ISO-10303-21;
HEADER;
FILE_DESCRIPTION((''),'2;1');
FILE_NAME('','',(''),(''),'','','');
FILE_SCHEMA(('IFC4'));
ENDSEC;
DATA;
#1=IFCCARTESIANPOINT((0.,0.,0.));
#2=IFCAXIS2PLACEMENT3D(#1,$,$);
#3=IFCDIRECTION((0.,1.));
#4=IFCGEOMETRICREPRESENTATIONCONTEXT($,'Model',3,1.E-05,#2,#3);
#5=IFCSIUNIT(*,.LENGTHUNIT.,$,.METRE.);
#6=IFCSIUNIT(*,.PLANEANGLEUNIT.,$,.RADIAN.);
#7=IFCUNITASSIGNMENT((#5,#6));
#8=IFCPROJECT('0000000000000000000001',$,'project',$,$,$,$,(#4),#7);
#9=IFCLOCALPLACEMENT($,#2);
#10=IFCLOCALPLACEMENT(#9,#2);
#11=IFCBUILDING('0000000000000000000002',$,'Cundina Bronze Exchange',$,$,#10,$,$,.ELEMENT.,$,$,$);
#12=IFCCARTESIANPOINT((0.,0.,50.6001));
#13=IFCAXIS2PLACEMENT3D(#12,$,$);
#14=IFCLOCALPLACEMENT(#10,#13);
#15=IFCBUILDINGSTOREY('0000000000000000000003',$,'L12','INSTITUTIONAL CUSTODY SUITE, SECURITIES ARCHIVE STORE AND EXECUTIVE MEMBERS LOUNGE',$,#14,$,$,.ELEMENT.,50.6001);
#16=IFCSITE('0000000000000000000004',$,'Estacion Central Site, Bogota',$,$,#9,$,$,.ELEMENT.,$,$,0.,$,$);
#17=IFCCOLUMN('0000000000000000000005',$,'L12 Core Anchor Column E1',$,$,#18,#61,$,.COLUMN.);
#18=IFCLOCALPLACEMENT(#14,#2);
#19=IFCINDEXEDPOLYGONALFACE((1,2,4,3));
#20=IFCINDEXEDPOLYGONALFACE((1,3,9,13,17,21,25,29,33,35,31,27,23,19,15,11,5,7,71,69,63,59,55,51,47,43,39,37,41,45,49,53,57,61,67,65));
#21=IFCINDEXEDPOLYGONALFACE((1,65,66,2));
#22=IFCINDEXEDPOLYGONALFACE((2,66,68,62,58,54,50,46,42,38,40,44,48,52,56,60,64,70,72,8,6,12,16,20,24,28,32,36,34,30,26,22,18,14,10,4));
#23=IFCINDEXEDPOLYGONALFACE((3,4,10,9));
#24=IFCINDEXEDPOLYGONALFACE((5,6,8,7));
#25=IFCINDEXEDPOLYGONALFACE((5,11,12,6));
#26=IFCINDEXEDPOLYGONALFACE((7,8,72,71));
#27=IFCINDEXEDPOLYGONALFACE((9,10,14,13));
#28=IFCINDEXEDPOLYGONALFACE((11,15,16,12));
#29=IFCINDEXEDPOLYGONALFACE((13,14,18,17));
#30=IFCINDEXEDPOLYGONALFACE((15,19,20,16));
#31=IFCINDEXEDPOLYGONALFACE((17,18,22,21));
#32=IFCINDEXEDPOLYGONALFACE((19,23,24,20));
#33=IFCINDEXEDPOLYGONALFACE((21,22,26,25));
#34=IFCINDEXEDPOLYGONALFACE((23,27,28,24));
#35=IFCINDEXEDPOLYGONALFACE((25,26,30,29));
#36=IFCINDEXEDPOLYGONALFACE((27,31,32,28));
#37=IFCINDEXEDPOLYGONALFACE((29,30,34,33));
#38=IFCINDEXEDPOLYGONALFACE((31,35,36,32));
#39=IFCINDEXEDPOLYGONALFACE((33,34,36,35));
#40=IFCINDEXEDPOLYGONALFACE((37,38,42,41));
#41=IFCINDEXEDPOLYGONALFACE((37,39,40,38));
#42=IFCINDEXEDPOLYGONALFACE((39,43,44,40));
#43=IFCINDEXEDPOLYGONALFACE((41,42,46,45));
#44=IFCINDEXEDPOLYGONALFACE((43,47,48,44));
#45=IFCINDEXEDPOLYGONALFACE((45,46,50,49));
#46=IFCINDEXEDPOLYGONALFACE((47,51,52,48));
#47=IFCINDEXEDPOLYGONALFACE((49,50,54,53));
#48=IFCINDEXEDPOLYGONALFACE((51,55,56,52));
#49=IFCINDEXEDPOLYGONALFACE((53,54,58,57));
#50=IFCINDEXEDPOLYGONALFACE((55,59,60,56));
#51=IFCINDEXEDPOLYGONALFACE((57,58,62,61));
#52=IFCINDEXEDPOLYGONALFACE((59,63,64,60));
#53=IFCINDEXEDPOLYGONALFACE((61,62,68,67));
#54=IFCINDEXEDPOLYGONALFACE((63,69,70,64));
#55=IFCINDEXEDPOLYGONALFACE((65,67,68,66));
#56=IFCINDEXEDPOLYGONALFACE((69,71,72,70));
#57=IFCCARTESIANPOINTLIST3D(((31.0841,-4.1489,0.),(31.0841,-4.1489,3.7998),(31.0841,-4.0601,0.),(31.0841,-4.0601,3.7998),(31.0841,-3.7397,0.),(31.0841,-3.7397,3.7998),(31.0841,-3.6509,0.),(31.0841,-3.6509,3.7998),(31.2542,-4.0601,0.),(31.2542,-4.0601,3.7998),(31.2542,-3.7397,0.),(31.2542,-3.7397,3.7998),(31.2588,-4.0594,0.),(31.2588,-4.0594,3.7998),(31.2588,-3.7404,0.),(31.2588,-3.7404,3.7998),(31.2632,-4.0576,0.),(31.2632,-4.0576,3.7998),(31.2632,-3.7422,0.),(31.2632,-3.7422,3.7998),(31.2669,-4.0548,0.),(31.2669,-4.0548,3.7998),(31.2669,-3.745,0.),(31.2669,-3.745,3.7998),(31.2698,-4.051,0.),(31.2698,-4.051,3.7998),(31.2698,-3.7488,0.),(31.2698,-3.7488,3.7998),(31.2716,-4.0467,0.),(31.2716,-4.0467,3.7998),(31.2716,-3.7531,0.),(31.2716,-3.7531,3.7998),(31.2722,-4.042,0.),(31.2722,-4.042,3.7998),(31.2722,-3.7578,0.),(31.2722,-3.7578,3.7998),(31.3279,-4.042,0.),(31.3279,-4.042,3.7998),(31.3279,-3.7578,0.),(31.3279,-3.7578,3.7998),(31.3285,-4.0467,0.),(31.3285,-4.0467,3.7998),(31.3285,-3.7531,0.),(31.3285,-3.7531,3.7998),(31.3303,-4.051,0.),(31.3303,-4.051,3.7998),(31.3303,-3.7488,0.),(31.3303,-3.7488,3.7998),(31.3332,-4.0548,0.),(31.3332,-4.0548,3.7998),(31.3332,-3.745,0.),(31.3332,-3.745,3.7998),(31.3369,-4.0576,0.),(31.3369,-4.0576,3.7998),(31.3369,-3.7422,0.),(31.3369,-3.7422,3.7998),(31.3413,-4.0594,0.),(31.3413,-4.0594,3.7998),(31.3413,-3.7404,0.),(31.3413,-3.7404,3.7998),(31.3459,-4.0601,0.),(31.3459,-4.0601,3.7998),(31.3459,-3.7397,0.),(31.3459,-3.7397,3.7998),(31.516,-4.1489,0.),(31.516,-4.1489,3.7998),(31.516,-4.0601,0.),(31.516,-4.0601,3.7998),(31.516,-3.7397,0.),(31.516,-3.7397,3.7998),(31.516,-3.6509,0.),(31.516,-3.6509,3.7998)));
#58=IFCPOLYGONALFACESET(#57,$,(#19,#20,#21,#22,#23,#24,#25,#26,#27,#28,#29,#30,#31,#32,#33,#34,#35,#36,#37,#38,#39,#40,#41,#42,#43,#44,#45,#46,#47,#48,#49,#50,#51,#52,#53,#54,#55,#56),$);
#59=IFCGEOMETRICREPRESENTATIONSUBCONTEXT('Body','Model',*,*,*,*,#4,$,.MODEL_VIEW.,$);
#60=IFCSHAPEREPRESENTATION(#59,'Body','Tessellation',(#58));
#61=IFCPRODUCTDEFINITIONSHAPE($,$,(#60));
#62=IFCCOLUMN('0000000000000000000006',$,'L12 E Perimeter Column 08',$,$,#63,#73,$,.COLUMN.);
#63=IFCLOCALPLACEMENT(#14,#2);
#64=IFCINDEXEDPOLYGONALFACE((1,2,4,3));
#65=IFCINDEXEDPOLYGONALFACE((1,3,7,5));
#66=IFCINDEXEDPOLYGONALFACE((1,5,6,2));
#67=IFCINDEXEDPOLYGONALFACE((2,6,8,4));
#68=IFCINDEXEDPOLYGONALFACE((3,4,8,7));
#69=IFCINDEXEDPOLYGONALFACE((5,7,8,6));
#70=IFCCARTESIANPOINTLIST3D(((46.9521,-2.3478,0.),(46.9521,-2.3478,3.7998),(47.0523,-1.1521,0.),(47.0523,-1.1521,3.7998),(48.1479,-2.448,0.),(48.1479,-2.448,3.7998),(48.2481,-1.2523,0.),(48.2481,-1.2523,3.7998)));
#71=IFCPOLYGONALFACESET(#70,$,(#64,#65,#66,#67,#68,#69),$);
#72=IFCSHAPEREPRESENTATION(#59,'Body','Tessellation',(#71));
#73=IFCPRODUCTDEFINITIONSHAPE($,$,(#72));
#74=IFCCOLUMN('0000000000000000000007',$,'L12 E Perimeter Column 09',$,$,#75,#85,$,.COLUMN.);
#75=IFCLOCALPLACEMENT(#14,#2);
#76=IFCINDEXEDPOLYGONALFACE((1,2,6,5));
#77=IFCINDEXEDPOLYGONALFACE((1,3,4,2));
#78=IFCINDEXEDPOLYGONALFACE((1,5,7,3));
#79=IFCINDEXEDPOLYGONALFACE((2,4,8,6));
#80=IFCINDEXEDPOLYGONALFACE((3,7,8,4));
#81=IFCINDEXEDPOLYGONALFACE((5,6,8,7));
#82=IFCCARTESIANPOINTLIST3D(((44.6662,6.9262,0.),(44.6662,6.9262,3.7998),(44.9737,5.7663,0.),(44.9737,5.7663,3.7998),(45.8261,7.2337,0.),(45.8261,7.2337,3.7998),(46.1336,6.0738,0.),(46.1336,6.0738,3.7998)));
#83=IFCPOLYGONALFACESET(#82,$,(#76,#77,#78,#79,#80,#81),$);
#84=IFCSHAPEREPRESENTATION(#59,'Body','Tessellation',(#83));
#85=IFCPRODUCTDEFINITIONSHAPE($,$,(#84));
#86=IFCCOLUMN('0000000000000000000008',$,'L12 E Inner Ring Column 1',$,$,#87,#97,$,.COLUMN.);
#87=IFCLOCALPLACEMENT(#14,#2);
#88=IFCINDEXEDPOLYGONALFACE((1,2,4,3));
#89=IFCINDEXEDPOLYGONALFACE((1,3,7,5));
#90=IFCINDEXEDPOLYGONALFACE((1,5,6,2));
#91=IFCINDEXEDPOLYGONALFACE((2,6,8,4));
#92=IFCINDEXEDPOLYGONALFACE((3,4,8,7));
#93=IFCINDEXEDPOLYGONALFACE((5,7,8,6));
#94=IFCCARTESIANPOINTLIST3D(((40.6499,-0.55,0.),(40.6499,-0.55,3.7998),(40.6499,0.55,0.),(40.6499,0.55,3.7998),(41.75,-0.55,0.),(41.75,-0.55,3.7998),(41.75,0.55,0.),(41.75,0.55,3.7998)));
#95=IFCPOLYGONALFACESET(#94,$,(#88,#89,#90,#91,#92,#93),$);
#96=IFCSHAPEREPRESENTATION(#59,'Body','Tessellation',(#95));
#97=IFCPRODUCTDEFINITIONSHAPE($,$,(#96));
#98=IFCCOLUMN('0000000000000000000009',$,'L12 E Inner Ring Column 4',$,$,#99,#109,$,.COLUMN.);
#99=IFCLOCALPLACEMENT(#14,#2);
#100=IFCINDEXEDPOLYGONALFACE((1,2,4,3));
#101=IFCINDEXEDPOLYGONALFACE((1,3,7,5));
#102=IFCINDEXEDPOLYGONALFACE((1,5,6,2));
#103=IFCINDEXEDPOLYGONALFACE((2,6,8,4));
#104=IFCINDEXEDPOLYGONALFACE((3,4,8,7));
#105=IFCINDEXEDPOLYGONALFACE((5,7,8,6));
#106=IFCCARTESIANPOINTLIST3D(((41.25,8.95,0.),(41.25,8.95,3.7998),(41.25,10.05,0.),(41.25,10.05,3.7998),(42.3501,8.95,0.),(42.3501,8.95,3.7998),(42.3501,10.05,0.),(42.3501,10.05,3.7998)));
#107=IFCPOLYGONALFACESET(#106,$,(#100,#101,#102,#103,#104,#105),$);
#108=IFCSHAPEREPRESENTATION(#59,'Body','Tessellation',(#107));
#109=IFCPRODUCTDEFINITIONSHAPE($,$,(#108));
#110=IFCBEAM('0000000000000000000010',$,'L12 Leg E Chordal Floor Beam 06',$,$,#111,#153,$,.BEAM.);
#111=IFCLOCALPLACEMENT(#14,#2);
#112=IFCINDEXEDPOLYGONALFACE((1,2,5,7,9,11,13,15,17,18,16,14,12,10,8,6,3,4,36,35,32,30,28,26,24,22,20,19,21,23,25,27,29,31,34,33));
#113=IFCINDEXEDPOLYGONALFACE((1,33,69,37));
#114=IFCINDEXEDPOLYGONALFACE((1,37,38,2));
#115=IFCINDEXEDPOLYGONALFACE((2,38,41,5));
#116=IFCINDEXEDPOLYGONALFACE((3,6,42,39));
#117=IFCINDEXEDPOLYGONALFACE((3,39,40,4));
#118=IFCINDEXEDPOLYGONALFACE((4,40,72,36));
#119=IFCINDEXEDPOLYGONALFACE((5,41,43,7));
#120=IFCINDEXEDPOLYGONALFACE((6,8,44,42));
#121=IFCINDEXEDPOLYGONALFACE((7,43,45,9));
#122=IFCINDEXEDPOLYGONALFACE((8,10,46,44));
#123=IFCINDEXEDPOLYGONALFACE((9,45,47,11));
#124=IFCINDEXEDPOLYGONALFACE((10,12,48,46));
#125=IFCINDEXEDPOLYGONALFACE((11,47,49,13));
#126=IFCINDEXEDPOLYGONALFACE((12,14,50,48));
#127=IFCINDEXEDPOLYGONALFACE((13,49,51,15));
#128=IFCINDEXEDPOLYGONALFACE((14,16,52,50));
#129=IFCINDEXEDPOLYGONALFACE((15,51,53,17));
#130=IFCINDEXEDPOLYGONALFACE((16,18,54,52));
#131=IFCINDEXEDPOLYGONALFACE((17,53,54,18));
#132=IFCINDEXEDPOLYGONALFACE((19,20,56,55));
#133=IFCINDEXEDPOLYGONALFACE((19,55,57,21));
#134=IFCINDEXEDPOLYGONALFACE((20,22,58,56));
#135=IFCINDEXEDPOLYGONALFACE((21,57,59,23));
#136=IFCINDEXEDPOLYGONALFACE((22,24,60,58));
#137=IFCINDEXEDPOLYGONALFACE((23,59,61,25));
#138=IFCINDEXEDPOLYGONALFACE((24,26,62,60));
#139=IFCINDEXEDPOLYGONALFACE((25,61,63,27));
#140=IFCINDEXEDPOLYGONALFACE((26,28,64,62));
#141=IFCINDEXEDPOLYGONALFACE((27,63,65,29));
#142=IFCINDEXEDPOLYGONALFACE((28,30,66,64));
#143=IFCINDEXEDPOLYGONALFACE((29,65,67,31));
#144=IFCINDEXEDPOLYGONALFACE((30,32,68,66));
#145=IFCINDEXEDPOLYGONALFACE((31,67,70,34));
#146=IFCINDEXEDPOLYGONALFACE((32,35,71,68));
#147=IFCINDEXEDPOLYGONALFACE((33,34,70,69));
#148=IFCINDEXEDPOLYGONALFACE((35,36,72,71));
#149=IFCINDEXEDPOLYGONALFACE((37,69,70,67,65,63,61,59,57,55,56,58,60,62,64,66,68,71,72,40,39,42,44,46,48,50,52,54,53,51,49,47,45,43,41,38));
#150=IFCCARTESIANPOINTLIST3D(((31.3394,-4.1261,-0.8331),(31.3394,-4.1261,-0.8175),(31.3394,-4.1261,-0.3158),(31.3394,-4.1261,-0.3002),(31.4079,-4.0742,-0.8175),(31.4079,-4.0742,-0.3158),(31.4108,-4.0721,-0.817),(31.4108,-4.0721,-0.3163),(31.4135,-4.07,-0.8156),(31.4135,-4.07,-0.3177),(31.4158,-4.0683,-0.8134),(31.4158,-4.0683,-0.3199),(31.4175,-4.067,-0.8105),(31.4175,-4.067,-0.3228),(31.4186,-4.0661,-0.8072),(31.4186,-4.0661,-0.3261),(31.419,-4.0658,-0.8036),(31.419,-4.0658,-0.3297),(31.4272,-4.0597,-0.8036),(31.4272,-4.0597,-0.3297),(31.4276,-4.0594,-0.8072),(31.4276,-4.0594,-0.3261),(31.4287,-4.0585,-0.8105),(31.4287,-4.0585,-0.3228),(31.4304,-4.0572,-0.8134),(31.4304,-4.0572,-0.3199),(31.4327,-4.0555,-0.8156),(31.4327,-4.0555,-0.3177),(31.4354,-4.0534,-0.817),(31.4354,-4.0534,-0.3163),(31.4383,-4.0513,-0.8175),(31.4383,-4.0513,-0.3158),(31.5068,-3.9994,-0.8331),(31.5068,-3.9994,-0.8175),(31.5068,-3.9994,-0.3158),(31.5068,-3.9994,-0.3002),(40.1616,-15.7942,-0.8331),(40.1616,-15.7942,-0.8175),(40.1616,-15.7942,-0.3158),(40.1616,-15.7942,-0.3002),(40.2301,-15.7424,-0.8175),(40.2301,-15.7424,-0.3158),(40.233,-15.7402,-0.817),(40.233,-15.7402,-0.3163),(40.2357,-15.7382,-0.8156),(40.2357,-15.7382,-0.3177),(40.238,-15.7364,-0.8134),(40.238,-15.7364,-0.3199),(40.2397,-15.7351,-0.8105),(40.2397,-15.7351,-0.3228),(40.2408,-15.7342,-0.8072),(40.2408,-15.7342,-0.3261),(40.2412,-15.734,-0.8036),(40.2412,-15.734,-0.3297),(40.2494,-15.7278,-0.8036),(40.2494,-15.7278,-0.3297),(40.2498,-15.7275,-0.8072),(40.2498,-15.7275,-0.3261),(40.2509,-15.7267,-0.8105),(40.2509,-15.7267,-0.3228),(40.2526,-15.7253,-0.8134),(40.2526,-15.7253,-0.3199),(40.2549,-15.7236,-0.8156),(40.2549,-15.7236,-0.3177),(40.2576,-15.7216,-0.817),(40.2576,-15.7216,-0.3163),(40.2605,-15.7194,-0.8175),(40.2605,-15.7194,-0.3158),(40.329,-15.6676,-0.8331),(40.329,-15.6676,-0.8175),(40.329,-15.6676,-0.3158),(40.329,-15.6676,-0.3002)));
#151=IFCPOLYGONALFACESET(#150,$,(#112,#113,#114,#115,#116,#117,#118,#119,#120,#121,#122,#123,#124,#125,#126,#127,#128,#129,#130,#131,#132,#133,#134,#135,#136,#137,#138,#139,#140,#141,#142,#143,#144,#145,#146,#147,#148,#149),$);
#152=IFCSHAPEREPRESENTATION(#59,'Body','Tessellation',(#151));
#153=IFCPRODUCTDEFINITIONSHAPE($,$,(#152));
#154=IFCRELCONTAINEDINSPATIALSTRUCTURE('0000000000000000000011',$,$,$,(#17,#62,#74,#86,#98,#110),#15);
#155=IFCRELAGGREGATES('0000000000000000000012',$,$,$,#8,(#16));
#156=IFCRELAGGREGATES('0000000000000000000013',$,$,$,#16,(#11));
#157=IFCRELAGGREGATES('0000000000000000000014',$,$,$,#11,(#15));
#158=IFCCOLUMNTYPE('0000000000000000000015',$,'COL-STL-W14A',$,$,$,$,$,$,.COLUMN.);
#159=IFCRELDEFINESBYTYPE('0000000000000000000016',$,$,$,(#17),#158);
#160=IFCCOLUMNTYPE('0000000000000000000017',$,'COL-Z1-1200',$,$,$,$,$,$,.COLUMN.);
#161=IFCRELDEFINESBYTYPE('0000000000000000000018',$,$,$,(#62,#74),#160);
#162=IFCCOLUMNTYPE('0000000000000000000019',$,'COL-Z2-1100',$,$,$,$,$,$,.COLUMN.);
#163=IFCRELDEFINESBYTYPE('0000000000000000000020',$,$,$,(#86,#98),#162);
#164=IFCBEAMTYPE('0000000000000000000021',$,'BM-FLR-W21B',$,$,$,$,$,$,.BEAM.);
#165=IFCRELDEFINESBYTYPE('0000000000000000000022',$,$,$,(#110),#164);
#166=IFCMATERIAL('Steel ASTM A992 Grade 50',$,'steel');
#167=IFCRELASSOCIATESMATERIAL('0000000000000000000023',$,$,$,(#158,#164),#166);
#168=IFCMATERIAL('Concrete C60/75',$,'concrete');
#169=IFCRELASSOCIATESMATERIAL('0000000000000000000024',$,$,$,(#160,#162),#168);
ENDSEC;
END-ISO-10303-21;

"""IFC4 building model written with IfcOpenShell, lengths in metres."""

from ifc_helpers import new_model, si_unit, direction, frame, origin, origin_2d, place, context, subcontext, project, spatial, rectangle, i_section, extrude, material, material_profile, profile_set, type_object, element, save


model = new_model("IFC4")

# Units and contexts
model_context = context("Model", 3, precision=1e-05, world=origin(), true_north=direction((0.0, 1.0)))
body_context = subcontext(model_context, "Body", "Model", "MODEL_VIEW")
ifc_project = project(units=[si_unit("LENGTHUNIT", "METRE"), si_unit("PLANEANGLEUNIT", "RADIAN")], contexts=[model_context])

# Site, building, storey
site_placement = place(None, origin())
site = spatial("IfcSite", under=ifc_project, at=site_placement, Name="Estacion Central Site, Bogota", CompositionType="ELEMENT", RefElevation=0.0)
building_placement = place(site_placement, origin())
building = spatial("IfcBuilding", under=site, at=building_placement, Name="Cundina Bronze Exchange", CompositionType="ELEMENT")
storey_placement = place(building_placement, frame((0.0, 0.0, 50.6001)))
storey = spatial("IfcBuildingStorey", under=building, at=storey_placement, Name="L12", Description="INSTITUTIONAL CUSTODY SUITE, SECURITIES ARCHIVE STORE AND EXECUTIVE MEMBERS LOUNGE", CompositionType="ELEMENT", Elevation=50.6001)

# Columns
ifc_material_1 = material(Name="Steel ASTM A992 Grade 50", Category="steel")
ifc_material_profile_1 = material_profile(ifc_material_1, i_section(OverallWidth=0.4319, OverallDepth=0.498, WebThickness=0.0557, FlangeThickness=0.0889, FilletRadius=0.0181, at=origin_2d()), Name="W14X500", Category="steel")
ifc_profile_set_1 = profile_set([ifc_material_profile_1], Name="Steel ASTM A992 Grade 50")
column_type_1 = type_object("IfcColumnType", Name="COL-STL-W14A", PredefinedType="COLUMN", material=ifc_profile_set_1)
column_placement = place(storey_placement, frame((31.3, -3.8999, 0.0), z_axis=(0.0, 0.0, 1.0), x_axis=(1.0, 0.0, 0.0)))
element("IfcColumn", 1, at=column_placement, inside=storey, type_object=column_type_1, Name="L12 Core Anchor Column E1", PredefinedType="COLUMN", context=body_context, shape_type="SweptSolid", body=[
    extrude(i_section(OverallWidth=0.4319, OverallDepth=0.498, WebThickness=0.0557, FlangeThickness=0.0889, FilletRadius=0.0181, at=origin_2d()), origin(), (0.0, 0.0, 1.0), 3.7998),
])
ifc_material_2 = material(Name="Concrete C60/75", Category="concrete")
ifc_material_profile_2 = material_profile(ifc_material_2, rectangle(XDim=1.2, YDim=1.2, at=origin_2d()), Name="RC1200X1200", Category="concrete")
ifc_profile_set_2 = profile_set([ifc_material_profile_2], Name="Concrete C60/75")
column_type_2 = type_object("IfcColumnType", Name="COL-Z1-1200", PredefinedType="COLUMN", material=ifc_profile_set_2)
for number, where, z_axis, x_axis, name in (
    (2, (47.6001, -1.8, 0.0), (0.0, 0.0, 1.0), (0.083504, 0.996507, 0.0), "L12 E Perimeter Column 08"),
    (3, (45.3999, 6.5, 0.0), (0.0, 0.0, 1.0), (-0.256289, 0.9666, 0.0), "L12 E Perimeter Column 09"),
):
    element("IfcColumn", number, at=place(storey_placement, frame(where, z_axis=z_axis, x_axis=x_axis)), inside=storey, type_object=column_type_2, Name=name, PredefinedType="COLUMN", context=body_context, shape_type="SweptSolid", body=[
        extrude(rectangle(XDim=1.2, YDim=1.2, at=origin_2d()), origin(), (0.0, 0.0, 1.0), 3.7998),
    ])
ifc_material_profile_3 = material_profile(ifc_material_2, rectangle(XDim=1.1001, YDim=1.1001, at=origin_2d()), Name="RC1100X1100", Category="concrete")
ifc_profile_set_3 = profile_set([ifc_material_profile_3], Name="Concrete C60/75")
column_type_3 = type_object("IfcColumnType", Name="COL-Z2-1100", PredefinedType="COLUMN", material=ifc_profile_set_3)
for number, where, z_axis, x_axis, name in (
    (4, (41.2, 0.0, 0.0), (0.0, 0.0, 1.0), (1.0, 0.0, 0.0), "L12 E Inner Ring Column 1"),
    (5, (41.8, 9.5, 0.0), (0.0, 0.0, 1.0), (1.0, 0.0, 0.0), "L12 E Inner Ring Column 4"),
):
    element("IfcColumn", number, at=place(storey_placement, frame(where, z_axis=z_axis, x_axis=x_axis)), inside=storey, type_object=column_type_3, Name=name, PredefinedType="COLUMN", context=body_context, shape_type="SweptSolid", body=[
        extrude(rectangle(XDim=1.1001, YDim=1.1001, at=origin_2d()), origin(), (0.0, 0.0, 1.0), 3.7998),
    ])

# Beam
ifc_material_profile_4 = material_profile(ifc_material_1, i_section(OverallWidth=0.21, OverallDepth=0.533, WebThickness=0.0103, FlangeThickness=0.0156, FilletRadius=0.0139, at=origin_2d()), Name="W21X62", Category="steel")
ifc_profile_set_4 = profile_set([ifc_material_profile_4], Name="Steel ASTM A992 Grade 50")
beam_type_1 = type_object("IfcBeamType", Name="BM-FLR-W21B", PredefinedType="BEAM", material=ifc_profile_set_4)
beam_1_placement = place(storey_placement, frame((31.4231, -4.0627, -0.5667), z_axis=(0.603106, -0.797661, 0.0), x_axis=(0.797661, 0.603106, 0.0)))
element("IfcBeam", 6, at=beam_1_placement, inside=storey, type_object=beam_type_1, Name="L12 Leg E Chordal Floor Beam 06", PredefinedType="BEAM", context=body_context, shape_type="SweptSolid", body=[
    extrude(i_section(OverallWidth=0.21, OverallDepth=0.533, WebThickness=0.0103, FlangeThickness=0.0156, FilletRadius=0.0139, at=origin_2d()), origin(), (0.0, 0.0, 1.0), 14.6279),
])

save(model, "model.ifc")
